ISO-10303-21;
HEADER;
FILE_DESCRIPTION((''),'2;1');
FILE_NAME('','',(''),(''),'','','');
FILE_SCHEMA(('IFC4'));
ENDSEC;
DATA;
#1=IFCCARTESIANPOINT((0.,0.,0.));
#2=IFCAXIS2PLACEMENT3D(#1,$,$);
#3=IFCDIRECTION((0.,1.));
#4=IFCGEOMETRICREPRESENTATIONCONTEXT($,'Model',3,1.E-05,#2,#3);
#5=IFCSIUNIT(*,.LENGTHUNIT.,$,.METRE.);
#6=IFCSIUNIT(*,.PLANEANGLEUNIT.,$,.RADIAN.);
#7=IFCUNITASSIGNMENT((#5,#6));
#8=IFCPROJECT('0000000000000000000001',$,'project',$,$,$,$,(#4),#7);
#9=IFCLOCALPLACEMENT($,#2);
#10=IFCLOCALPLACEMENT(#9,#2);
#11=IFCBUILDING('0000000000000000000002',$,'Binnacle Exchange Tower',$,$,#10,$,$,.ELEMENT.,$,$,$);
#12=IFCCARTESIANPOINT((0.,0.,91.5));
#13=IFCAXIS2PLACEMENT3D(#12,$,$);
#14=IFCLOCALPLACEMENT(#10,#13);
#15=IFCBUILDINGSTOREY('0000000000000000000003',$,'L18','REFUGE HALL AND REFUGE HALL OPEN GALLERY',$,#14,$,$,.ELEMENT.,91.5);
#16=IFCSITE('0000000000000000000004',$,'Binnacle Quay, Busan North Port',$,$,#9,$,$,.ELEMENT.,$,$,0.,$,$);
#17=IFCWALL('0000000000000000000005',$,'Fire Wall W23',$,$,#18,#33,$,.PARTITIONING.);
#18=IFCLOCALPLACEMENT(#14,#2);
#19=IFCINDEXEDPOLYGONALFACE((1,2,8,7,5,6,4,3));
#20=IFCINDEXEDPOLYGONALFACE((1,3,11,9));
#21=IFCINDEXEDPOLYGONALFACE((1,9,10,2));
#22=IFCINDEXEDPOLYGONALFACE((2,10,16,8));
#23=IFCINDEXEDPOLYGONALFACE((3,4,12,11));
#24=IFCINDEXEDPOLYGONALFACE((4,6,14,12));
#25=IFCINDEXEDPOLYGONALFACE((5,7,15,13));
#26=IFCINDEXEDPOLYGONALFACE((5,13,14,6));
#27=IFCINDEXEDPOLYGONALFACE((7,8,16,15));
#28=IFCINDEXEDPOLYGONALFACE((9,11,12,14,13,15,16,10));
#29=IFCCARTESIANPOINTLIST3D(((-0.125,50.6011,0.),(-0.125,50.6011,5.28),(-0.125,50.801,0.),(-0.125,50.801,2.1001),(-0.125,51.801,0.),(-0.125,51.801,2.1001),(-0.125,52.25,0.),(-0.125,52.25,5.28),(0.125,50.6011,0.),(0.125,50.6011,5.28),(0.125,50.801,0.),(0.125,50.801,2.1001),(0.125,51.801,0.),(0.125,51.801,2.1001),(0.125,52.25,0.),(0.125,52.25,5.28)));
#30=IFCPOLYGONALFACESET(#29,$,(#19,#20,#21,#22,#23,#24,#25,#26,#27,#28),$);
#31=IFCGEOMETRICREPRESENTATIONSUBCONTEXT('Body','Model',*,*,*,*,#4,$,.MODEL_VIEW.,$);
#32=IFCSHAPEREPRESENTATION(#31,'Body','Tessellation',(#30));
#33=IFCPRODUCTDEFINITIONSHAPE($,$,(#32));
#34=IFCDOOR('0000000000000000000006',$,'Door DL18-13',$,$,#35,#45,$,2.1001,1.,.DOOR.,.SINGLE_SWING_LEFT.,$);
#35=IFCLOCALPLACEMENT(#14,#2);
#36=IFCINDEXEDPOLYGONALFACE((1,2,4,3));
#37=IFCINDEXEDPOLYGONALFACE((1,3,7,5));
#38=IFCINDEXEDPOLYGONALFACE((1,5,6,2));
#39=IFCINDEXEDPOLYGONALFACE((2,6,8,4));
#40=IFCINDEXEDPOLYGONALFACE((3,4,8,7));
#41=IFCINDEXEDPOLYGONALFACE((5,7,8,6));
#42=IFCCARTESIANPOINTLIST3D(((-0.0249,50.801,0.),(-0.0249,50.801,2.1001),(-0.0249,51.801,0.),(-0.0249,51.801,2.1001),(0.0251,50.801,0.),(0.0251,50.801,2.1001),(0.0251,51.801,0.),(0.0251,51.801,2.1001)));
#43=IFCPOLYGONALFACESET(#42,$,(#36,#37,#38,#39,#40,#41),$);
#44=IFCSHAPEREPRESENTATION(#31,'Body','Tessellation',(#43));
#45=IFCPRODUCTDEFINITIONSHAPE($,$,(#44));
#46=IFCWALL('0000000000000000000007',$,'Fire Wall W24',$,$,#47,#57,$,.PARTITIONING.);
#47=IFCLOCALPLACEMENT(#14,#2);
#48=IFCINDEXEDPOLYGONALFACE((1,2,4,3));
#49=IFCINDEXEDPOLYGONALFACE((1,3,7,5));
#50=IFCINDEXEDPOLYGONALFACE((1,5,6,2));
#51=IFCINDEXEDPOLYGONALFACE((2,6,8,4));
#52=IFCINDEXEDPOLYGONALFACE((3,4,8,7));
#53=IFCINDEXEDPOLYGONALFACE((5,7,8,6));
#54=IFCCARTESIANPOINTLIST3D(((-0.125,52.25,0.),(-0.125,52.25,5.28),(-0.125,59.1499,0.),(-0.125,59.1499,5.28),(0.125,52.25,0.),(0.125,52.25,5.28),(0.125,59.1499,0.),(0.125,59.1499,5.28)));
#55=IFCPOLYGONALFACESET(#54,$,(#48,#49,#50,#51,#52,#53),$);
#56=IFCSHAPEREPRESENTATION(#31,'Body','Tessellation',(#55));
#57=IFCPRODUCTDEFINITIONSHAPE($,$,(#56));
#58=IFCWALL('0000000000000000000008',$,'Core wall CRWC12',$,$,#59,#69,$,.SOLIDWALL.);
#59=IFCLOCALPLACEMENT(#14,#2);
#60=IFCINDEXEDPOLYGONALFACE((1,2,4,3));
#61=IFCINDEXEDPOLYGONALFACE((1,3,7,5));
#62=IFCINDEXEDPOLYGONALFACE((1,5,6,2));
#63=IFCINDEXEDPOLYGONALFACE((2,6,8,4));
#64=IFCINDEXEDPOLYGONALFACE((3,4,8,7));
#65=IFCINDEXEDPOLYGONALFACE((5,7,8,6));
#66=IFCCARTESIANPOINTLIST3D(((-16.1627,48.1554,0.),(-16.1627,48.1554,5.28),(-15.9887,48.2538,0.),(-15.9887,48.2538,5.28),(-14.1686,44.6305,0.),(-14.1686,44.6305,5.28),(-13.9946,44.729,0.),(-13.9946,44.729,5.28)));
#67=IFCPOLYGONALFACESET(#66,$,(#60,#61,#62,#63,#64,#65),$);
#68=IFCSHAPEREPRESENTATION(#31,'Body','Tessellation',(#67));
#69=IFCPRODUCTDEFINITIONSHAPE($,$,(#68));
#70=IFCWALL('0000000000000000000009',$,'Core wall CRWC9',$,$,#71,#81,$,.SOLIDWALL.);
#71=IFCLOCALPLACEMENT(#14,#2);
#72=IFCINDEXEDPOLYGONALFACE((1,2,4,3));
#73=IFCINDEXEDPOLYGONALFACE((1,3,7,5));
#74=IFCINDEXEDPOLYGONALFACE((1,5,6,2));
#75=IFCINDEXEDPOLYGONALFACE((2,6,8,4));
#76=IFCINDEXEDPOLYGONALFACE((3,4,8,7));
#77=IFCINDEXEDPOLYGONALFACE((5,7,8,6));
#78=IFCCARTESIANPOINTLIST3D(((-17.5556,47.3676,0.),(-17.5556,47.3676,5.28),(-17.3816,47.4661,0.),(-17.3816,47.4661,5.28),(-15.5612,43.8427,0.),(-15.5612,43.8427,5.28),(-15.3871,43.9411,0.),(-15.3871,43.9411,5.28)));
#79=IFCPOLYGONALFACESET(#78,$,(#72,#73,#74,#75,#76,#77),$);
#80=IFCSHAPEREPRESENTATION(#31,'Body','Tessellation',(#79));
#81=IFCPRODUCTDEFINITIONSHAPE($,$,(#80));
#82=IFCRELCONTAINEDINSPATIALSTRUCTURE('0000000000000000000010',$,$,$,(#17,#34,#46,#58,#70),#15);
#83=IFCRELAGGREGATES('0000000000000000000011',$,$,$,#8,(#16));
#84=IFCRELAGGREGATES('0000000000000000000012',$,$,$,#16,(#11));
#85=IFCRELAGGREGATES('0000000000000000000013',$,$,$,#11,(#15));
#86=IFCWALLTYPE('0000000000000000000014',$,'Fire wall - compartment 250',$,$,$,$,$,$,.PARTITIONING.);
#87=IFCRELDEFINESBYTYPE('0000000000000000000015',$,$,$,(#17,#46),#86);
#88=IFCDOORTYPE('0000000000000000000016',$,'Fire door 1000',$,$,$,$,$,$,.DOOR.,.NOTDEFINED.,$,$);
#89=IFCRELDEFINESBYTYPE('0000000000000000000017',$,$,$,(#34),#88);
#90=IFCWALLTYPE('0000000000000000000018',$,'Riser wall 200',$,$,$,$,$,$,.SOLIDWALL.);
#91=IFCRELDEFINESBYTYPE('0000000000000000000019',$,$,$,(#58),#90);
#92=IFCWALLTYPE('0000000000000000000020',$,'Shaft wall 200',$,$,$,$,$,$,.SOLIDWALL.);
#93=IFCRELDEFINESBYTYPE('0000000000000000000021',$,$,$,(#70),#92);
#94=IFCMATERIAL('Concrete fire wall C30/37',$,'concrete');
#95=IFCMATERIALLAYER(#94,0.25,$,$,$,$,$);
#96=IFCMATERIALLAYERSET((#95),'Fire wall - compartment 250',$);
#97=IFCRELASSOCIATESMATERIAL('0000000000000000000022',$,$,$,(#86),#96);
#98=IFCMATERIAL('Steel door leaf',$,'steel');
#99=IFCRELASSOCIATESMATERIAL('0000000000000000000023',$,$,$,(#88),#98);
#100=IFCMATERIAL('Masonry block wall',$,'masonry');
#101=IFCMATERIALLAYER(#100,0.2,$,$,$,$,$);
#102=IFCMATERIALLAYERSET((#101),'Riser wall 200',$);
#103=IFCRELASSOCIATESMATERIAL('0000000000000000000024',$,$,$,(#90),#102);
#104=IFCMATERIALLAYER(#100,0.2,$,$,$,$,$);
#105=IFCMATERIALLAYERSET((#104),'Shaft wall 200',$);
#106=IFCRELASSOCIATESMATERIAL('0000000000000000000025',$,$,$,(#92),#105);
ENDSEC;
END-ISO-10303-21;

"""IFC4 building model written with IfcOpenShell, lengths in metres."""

from ifc_helpers import new_model, si_unit, direction, frame, frame_2d, origin, place, context, subcontext, project, spatial, rectangle, extrude, material, layer, layer_set, type_object, element, fill, save


model = new_model("IFC4")

# Units and contexts
model_context = context("Model", 3, precision=1e-05, world=origin(), true_north=direction((0.0, 1.0)))
body_context = subcontext(model_context, "Body", "Model", "MODEL_VIEW")
ifc_project = project(units=[si_unit("LENGTHUNIT", "METRE"), si_unit("PLANEANGLEUNIT", "RADIAN")], contexts=[model_context])

# Site, building, storey
site_placement = place(None, origin())
site = spatial("IfcSite", under=ifc_project, at=site_placement, Name="Binnacle Quay, Busan North Port", CompositionType="ELEMENT", RefElevation=0.0)
building_placement = place(site_placement, origin())
building = spatial("IfcBuilding", under=site, at=building_placement, Name="Binnacle Exchange Tower", CompositionType="ELEMENT")
storey_placement = place(building_placement, frame((0.0, 0.0, 91.5)))
storey = spatial("IfcBuildingStorey", under=building, at=storey_placement, Name="L18", Description="REFUGE HALL AND REFUGE HALL OPEN GALLERY", CompositionType="ELEMENT", Elevation=91.5)

# Shared definitions
ifc_material_1 = material(Name="Steel door leaf", Category="steel")

# Shared definitions
ifc_material_2 = material(Name="Masonry block wall", Category="masonry")

# Wall, opening, door
ifc_material_3 = material(Name="Concrete fire wall C30/37", Category="concrete")
ifc_layer_1 = layer(ifc_material_3, 0.25)
ifc_layer_set_1 = layer_set([ifc_layer_1], Name="Fire wall - compartment 250")
wall_type_1 = type_object("IfcWallType", Name="Fire wall - compartment 250", PredefinedType="PARTITIONING", material=ifc_layer_set_1)
wall_1_placement = place(storey_placement, frame((0.0, 50.6011, 0.0), z_axis=(0.0, 0.0, 1.0), x_axis=(0.0, 1.0, 0.0)))
wall_1 = element("IfcWall", 1, at=wall_1_placement, inside=storey, type_object=wall_type_1, Name="Fire Wall W23", PredefinedType="PARTITIONING", context=body_context, shape_type="SweptSolid", body=[
    extrude(rectangle(XDim=1.6489, YDim=0.25, at=frame_2d((0.8245, 0.0))), origin(), (0.0, 0.0, 1.0), 5.28),
])
opening_1_placement = place(wall_1_placement, frame((0.2, 0.0, 0.0)))
opening_1 = element("IfcOpeningElement", 2, at=opening_1_placement, cuts=wall_1, PredefinedType="OPENING", context=body_context, shape_type="SweptSolid", body=[
    extrude(rectangle(XDim=1.0, YDim=2.1001, at=frame_2d((0.5, 1.05))), frame((0.0, 0.135, 0.0), z_axis=(0.0, -1.0, 0.0), x_axis=(1.0, 0.0, 0.0)), (0.0, 0.0, 1.0), 0.27),
])
door_type_1 = type_object("IfcDoorType", Name="Fire door 1000", OperationType="NOTDEFINED", PredefinedType="DOOR", material=ifc_material_1)
door_1_placement = place(opening_1_placement, origin())
door_1 = element("IfcDoor", 3, at=door_1_placement, inside=storey, type_object=door_type_1, Name="Door DL18-13", OperationType="SINGLE_SWING_LEFT", OverallHeight=2.1001, OverallWidth=1.0, PredefinedType="DOOR", context=body_context, shape_type="SweptSolid", body=[
    extrude(rectangle(XDim=1.0, YDim=2.1001, at=frame_2d((0.5, 1.05))), frame((0.0, 0.0249, 0.0), z_axis=(0.0, -1.0, 0.0), x_axis=(1.0, 0.0, 0.0)), (0.0, 0.0, 1.0), 0.05),
])
fill(opening_1, door_1)

# Walls
wall_2_placement = place(storey_placement, frame((0.0, 52.25, 0.0), z_axis=(0.0, 0.0, 1.0), x_axis=(0.0, 1.0, 0.0)))
element("IfcWall", 4, at=wall_2_placement, inside=storey, type_object=wall_type_1, Name="Fire Wall W24", PredefinedType="PARTITIONING", context=body_context, shape_type="SweptSolid", body=[
    extrude(rectangle(XDim=6.8999, YDim=0.25, at=frame_2d((3.45, 0.0))), origin(), (0.0, 0.0, 1.0), 5.28),
])
ifc_layer_2 = layer(ifc_material_2, 0.2)
ifc_layer_set_2 = layer_set([ifc_layer_2], Name="Riser wall 200")
wall_type_2 = type_object("IfcWallType", Name="Riser wall 200", PredefinedType="SOLIDWALL", material=ifc_layer_set_2)
wall_3_placement = place(storey_placement, frame((-16.0757, 48.2046, 0.0), z_axis=(0.0, 0.0, 1.0), x_axis=(0.492395, -0.870372, 0.0)))
element("IfcWall", 5, at=wall_3_placement, inside=storey, type_object=wall_type_2, Name="Core wall CRWC12", PredefinedType="SOLIDWALL", context=body_context, shape_type="SweptSolid", body=[
    extrude(rectangle(XDim=4.0498, YDim=0.2, at=frame_2d((2.0249, 0.0))), origin(), (0.0, 0.0, 1.0), 5.28),
])
ifc_layer_3 = layer(ifc_material_2, 0.2)
ifc_layer_set_3 = layer_set([ifc_layer_3], Name="Shaft wall 200")
wall_type_3 = type_object("IfcWallType", Name="Shaft wall 200", PredefinedType="SOLIDWALL", material=ifc_layer_set_3)
wall_4_placement = place(storey_placement, frame((-17.4685, 47.4167, 0.0), z_axis=(0.0, 0.0, 1.0), x_axis=(0.492441, -0.870346, 0.0)))
element("IfcWall", 6, at=wall_4_placement, inside=storey, type_object=wall_type_3, Name="Core wall CRWC9", PredefinedType="SOLIDWALL", context=body_context, shape_type="SweptSolid", body=[
    extrude(rectangle(XDim=4.05, YDim=0.2, at=frame_2d((2.0249, 0.0))), origin(), (0.0, 0.0, 1.0), 5.28),
])

save(model, "model.ifc")
